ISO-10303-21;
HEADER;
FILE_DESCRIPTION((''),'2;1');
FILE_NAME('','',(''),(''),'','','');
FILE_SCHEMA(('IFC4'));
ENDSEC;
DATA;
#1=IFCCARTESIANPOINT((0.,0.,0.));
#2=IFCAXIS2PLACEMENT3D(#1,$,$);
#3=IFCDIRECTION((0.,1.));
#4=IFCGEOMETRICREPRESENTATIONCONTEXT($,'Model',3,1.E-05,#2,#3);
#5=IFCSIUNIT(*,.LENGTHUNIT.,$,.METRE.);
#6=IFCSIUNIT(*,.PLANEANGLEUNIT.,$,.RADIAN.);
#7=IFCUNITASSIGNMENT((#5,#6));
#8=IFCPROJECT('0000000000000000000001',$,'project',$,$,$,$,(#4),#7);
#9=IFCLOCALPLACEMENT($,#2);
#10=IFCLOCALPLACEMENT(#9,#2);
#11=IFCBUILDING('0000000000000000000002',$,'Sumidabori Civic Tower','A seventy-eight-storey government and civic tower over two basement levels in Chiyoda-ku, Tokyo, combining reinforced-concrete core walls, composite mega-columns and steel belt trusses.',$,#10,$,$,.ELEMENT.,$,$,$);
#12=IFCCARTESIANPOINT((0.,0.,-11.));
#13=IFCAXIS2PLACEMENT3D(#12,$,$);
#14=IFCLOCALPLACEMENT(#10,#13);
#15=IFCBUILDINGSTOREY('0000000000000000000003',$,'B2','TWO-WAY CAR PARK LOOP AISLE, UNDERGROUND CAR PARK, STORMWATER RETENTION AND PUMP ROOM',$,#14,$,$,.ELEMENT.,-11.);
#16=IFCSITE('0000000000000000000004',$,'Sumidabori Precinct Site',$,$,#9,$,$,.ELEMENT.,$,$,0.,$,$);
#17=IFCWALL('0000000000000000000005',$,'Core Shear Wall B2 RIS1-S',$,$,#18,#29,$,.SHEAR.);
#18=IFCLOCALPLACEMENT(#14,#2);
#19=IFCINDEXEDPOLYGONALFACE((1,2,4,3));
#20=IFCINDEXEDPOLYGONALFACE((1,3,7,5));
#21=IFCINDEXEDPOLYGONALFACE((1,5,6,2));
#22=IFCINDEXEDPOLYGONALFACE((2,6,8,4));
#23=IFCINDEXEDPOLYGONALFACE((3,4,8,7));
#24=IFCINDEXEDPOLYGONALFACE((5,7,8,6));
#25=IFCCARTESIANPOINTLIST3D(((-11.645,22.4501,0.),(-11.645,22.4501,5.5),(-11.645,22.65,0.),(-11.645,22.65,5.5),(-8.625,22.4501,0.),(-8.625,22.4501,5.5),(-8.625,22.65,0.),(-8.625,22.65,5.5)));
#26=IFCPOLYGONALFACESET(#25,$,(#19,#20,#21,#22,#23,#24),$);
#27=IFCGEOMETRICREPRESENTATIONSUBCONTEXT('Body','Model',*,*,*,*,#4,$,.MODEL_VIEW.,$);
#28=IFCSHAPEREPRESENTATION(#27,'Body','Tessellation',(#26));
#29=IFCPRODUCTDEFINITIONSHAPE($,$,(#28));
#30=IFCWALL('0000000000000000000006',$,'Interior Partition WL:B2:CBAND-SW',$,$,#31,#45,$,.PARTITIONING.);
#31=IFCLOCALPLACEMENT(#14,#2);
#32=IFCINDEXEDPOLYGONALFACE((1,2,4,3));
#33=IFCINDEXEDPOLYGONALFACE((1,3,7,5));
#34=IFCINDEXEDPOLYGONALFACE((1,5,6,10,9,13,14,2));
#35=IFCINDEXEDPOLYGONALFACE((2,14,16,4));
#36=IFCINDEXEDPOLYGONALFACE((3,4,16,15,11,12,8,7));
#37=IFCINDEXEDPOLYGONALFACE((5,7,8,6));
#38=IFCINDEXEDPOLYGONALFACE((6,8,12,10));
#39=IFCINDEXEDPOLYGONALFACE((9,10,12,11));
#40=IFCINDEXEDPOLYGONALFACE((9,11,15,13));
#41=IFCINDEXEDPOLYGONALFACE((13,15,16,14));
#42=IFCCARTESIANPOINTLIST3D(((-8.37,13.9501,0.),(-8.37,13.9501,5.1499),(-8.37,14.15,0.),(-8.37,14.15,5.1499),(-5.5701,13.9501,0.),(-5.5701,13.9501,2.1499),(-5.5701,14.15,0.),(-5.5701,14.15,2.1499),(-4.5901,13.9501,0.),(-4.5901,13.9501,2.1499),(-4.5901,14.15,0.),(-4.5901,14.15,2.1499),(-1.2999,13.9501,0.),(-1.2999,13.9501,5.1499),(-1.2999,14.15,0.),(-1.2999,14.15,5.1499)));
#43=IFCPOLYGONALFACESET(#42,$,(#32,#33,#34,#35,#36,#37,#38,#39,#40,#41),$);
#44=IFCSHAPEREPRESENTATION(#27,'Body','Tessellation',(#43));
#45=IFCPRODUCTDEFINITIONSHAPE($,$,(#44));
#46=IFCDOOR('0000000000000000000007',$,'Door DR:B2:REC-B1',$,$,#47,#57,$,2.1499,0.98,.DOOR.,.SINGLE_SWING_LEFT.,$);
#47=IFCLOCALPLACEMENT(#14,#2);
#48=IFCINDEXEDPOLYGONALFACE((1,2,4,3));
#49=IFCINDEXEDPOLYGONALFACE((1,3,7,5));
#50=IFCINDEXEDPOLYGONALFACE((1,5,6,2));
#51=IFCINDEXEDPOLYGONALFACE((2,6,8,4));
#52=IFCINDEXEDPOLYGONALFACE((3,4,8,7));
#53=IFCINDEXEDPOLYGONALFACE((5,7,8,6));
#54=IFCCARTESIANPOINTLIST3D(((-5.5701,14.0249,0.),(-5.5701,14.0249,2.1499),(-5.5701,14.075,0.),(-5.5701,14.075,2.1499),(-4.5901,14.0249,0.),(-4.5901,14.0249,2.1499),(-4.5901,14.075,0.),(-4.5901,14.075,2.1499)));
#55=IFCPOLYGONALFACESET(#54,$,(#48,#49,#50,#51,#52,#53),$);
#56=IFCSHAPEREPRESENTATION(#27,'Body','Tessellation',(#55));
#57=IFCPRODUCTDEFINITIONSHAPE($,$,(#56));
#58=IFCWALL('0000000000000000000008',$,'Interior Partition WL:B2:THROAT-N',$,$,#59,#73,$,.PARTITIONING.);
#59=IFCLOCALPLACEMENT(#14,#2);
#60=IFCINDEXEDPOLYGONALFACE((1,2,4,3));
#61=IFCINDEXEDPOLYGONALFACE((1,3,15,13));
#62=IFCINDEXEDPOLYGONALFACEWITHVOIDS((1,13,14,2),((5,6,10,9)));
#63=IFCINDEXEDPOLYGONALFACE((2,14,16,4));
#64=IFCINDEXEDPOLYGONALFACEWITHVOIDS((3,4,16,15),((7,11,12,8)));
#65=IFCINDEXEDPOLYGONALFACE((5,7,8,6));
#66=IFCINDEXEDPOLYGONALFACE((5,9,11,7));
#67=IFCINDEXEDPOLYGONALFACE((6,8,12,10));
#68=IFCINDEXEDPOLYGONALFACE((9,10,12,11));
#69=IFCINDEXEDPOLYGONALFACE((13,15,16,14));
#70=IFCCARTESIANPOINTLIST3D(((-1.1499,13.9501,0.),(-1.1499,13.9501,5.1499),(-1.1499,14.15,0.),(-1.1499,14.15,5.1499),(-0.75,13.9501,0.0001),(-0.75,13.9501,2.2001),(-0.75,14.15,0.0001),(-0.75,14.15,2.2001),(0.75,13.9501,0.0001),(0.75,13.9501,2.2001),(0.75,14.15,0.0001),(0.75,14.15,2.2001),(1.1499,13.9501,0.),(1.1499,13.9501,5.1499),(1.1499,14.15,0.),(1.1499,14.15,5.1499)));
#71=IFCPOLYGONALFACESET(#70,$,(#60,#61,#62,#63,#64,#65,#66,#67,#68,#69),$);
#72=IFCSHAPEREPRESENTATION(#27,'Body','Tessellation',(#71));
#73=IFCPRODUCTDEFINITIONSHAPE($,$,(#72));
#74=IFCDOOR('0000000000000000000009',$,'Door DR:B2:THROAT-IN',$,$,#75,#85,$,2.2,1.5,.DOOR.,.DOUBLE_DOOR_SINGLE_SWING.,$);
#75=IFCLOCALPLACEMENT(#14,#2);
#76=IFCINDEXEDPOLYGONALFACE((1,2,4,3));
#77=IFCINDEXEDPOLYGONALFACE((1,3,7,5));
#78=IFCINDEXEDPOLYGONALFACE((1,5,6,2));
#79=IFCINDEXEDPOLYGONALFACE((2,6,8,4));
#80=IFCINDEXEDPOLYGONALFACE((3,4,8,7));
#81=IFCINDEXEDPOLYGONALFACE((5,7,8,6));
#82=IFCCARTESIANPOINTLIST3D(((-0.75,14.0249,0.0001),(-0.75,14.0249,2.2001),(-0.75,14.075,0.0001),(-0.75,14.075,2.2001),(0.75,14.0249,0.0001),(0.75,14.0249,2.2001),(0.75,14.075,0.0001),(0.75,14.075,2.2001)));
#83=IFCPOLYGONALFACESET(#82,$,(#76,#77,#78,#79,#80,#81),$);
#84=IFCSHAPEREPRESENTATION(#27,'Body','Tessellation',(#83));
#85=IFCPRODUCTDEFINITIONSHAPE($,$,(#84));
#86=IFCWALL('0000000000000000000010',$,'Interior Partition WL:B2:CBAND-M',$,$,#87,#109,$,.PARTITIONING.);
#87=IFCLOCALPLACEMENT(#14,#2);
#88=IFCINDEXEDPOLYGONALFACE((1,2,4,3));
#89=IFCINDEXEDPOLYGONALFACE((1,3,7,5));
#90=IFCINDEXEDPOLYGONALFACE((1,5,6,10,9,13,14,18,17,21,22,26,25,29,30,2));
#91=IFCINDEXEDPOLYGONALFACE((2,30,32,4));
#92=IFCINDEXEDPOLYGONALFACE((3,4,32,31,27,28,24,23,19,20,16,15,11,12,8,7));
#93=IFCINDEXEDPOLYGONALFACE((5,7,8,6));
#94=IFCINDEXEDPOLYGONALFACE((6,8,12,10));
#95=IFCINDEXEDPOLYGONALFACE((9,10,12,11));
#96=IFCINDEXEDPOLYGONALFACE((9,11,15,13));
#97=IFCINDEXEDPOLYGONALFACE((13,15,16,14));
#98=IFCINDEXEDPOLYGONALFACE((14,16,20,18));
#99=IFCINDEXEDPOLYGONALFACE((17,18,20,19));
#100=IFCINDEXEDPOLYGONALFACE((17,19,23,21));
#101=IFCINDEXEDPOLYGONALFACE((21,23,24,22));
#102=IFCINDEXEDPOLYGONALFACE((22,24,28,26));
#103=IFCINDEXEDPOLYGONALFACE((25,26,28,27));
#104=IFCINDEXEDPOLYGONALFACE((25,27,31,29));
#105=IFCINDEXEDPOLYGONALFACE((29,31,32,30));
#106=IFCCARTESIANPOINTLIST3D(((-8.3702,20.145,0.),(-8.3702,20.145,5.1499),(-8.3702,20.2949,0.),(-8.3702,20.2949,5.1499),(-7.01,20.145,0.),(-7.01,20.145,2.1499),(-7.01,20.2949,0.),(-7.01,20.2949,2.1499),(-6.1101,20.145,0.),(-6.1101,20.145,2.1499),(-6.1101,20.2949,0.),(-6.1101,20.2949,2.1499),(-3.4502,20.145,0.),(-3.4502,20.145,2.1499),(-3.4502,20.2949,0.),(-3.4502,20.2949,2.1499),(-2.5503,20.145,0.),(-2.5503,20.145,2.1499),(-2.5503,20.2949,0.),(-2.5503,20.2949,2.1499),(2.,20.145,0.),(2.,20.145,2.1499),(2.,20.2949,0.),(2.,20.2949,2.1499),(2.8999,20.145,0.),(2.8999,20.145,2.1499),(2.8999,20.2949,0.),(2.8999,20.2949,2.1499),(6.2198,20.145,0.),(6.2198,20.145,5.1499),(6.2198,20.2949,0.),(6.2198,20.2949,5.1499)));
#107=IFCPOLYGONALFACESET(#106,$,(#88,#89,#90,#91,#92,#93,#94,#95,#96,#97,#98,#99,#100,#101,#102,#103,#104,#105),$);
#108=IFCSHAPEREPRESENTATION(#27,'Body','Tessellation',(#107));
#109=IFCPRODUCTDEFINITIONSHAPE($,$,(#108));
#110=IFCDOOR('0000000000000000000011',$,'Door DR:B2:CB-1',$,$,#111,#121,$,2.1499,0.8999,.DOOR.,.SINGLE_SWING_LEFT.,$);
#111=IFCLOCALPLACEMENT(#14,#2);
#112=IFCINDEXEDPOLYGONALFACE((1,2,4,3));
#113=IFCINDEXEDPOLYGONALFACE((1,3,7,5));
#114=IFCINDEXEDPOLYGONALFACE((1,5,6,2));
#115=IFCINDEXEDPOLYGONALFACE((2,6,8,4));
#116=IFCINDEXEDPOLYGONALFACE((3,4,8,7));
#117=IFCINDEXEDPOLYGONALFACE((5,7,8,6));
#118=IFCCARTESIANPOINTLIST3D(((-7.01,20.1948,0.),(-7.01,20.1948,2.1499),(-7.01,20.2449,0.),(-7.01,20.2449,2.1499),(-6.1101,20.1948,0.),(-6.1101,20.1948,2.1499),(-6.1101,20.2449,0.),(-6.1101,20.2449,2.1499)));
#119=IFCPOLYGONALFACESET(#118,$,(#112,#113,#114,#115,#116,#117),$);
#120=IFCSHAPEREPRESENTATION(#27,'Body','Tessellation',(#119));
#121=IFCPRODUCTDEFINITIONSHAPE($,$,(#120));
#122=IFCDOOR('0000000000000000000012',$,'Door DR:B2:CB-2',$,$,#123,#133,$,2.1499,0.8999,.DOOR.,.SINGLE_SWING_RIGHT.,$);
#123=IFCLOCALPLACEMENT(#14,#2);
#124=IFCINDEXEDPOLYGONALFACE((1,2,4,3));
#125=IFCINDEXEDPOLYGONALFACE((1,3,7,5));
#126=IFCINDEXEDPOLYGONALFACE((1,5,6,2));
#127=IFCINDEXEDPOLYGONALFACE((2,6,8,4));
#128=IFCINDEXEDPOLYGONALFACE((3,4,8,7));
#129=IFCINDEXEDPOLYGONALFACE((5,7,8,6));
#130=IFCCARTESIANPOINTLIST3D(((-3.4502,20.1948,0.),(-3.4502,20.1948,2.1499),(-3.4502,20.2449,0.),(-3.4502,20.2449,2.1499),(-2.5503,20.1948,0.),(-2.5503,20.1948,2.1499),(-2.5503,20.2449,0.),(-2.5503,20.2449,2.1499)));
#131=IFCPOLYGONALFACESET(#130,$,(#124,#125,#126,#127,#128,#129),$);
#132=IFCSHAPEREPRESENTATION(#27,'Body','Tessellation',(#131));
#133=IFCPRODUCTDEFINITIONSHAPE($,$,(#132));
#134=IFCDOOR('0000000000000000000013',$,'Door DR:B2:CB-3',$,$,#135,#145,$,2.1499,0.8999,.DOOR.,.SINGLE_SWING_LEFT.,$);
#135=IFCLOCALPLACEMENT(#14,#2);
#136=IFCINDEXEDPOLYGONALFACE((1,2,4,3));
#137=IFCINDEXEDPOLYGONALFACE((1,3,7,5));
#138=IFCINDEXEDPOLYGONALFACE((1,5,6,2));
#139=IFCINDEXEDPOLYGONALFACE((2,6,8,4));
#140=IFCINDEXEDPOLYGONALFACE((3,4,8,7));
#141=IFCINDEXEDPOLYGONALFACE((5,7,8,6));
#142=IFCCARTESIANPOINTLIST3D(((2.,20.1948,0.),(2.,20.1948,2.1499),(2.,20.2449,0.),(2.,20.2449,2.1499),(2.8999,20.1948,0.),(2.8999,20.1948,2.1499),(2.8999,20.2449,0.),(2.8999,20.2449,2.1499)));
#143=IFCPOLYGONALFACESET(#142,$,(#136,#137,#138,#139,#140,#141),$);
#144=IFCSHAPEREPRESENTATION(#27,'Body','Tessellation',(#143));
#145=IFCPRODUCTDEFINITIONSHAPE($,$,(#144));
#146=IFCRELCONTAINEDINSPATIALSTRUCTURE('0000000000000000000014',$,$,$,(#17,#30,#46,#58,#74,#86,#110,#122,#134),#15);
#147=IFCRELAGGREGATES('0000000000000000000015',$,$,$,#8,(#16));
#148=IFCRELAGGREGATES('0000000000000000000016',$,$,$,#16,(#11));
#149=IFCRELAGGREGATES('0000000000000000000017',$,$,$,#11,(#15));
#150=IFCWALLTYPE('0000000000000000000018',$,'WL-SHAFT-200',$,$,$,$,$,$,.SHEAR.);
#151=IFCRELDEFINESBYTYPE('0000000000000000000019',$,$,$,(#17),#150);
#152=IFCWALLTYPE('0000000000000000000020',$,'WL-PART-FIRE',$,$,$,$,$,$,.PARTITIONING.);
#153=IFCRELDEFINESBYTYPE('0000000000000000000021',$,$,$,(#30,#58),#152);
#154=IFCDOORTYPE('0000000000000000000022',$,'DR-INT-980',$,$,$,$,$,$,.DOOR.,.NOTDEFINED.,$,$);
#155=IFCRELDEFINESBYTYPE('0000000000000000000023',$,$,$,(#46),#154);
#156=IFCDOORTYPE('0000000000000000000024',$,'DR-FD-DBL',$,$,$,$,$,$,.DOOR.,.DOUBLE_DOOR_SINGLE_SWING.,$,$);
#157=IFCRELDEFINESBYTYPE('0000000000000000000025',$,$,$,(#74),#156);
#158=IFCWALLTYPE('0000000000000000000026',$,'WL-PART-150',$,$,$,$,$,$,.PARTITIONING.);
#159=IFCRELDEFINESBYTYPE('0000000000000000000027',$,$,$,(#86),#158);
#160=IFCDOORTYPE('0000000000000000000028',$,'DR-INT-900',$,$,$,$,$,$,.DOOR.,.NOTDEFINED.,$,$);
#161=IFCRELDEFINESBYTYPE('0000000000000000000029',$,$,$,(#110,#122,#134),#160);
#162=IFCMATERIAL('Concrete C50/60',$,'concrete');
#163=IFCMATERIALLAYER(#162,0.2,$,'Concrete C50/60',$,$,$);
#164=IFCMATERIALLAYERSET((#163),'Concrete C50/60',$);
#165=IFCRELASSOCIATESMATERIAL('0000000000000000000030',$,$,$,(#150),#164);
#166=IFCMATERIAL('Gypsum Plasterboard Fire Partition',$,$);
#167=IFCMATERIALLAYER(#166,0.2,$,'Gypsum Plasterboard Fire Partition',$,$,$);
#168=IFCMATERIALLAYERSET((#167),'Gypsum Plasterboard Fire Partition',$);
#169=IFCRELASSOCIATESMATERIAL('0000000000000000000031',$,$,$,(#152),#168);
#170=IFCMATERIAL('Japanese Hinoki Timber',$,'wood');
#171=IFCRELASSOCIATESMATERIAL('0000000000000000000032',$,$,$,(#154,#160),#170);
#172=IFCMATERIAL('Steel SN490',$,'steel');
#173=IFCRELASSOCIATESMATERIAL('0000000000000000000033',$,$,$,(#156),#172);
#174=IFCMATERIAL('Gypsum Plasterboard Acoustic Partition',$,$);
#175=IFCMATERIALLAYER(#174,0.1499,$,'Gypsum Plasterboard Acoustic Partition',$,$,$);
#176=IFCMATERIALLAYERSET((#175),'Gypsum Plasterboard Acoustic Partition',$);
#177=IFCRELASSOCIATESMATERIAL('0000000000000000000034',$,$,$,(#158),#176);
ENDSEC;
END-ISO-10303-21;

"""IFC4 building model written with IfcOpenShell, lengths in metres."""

from ifc_helpers import new_model, si_unit, direction, frame, frame_2d, origin, place, context, subcontext, project, spatial, rectangle, extrude, source, transform, mapped, material, layer, layer_set, type_object, element, fill, save


model = new_model("IFC4")

# Units and contexts
model_context = context("Model", 3, precision=1e-05, world=origin(), true_north=direction((0.0, 1.0)))
body_context = subcontext(model_context, "Body", "Model", "MODEL_VIEW")
ifc_project = project(units=[si_unit("LENGTHUNIT", "METRE"), si_unit("PLANEANGLEUNIT", "RADIAN")], contexts=[model_context])

# Site, building, storey
site_placement = place(None, origin())
site = spatial("IfcSite", under=ifc_project, at=site_placement, Name="Sumidabori Precinct Site", CompositionType="ELEMENT", RefElevation=0.0)
building_placement = place(site_placement, origin())
building = spatial("IfcBuilding", under=site, at=building_placement, Name="Sumidabori Civic Tower", Description="A seventy-eight-storey government and civic tower over two basement levels in Chiyoda-ku, Tokyo, combining reinforced-concrete core walls, composite mega-columns and steel belt trusses.", CompositionType="ELEMENT")
storey_placement = place(building_placement, frame((0.0, 0.0, -11.0)))
storey = spatial("IfcBuildingStorey", under=building, at=storey_placement, Name="B2", Description="TWO-WAY CAR PARK LOOP AISLE, UNDERGROUND CAR PARK, STORMWATER RETENTION AND PUMP ROOM", CompositionType="ELEMENT", Elevation=-11.0)

# Shared definitions
ifc_material_1 = material(Name="Concrete C50/60", Category="concrete")

# Shared definitions
ifc_material_2 = material(Name="Steel SN490", Category="steel")

# Wall
ifc_layer_1 = layer(ifc_material_1, 0.2, Name="Concrete C50/60")
ifc_layer_set_1 = layer_set([ifc_layer_1], Name="Concrete C50/60")
wall_type_1 = type_object("IfcWallType", Name="WL-SHAFT-200", PredefinedType="SHEAR", material=ifc_layer_set_1)
shared_shape_1 = source(origin(), body_context, "Body", "SweptSolid", [
    extrude(rectangle(XDim=3.02, YDim=0.2, at=frame_2d((1.51, 0.0))), origin(), (0.0, 0.0, 1.0), 5.5),
])
wall_1_placement = place(storey_placement, frame((-11.645, 22.55, 0.0), z_axis=(0.0, 0.0, 1.0), x_axis=(1.0, 0.0, 0.0)))
element("IfcWall", 1, at=wall_1_placement, inside=storey, type_object=wall_type_1, Name="Core Shear Wall B2 RIS1-S", PredefinedType="SHEAR", context=body_context, shape_type="MappedRepresentation", body=[
    mapped(shared_shape_1, transform((0.0, 0.0, 0.0), x_axis=(1.0, 0.0, 0.0), y_axis=(0.0, 1.0, 0.0), z_axis=(0.0, 0.0, 1.0), scale=1.0)),
])

# Walls, openings, doors
ifc_material_3 = material(Name="Gypsum Plasterboard Fire Partition")
ifc_layer_2 = layer(ifc_material_3, 0.2, Name="Gypsum Plasterboard Fire Partition")
ifc_layer_set_2 = layer_set([ifc_layer_2], Name="Gypsum Plasterboard Fire Partition")
wall_type_2 = type_object("IfcWallType", Name="WL-PART-FIRE", PredefinedType="PARTITIONING", material=ifc_layer_set_2)
shared_shape_2 = source(origin(), body_context, "Body", "SweptSolid", [
    extrude(rectangle(XDim=7.0701, YDim=0.2, at=frame_2d((3.5352, 0.0))), origin(), (0.0, 0.0, 1.0), 5.1499),
])
wall_2_placement = place(storey_placement, frame((-8.3701, 14.05, 0.0), z_axis=(0.0, 0.0, 1.0), x_axis=(1.0, 0.0, 0.0)))
wall_2 = element("IfcWall", 2, at=wall_2_placement, inside=storey, type_object=wall_type_2, Name="Interior Partition WL:B2:CBAND-SW", PredefinedType="PARTITIONING", context=body_context, shape_type="MappedRepresentation", body=[
    mapped(shared_shape_2, transform((0.0, 0.0, 0.0), x_axis=(1.0, 0.0, 0.0), y_axis=(0.0, 1.0, 0.0), z_axis=(0.0, 0.0, 1.0), scale=1.0)),
])
opening_1_placement = place(wall_2_placement, frame((2.8, 0.0, 0.0)))
opening_1 = element("IfcOpeningElement", 3, at=opening_1_placement, cuts=wall_2, PredefinedType="OPENING", context=body_context, shape_type="SweptSolid", body=[
    extrude(rectangle(XDim=0.98, YDim=2.1499, at=frame_2d((0.49, 1.075))), frame((0.0, 0.1118, 0.0), z_axis=(0.0, -1.0, 0.0), x_axis=(1.0, 0.0, 0.0)), (0.0, 0.0, 1.0), 0.2239),
])
ifc_material_4 = material(Name="Japanese Hinoki Timber", Category="wood")
door_type_1 = type_object("IfcDoorType", Name="DR-INT-980", OperationType="NOTDEFINED", PredefinedType="DOOR", material=ifc_material_4)
shared_shape_3 = source(origin(), body_context, "Body", "SweptSolid", [
    extrude(rectangle(XDim=0.98, YDim=2.1499, at=frame_2d((0.49, 1.075))), frame((0.0, 0.0249, 0.0), z_axis=(0.0, -1.0, 0.0), x_axis=(1.0, 0.0, 0.0)), (0.0, 0.0, 1.0), 0.05),
])
door_1_placement = place(opening_1_placement, origin())
door_1 = element("IfcDoor", 4, at=door_1_placement, inside=storey, type_object=door_type_1, Name="Door DR:B2:REC-B1", OperationType="SINGLE_SWING_LEFT", OverallHeight=2.1499, OverallWidth=0.98, PredefinedType="DOOR", context=body_context, shape_type="MappedRepresentation", body=[
    mapped(shared_shape_3, transform((0.0, 0.0, 0.0), x_axis=(1.0, 0.0, 0.0), y_axis=(0.0, 1.0, 0.0), z_axis=(0.0, 0.0, 1.0), scale=1.0)),
])
fill(opening_1, door_1)
shared_shape_4 = source(origin(), body_context, "Body", "SweptSolid", [
    extrude(rectangle(XDim=2.2998, YDim=0.2, at=frame_2d((1.1499, 0.0))), origin(), (0.0, 0.0, 1.0), 5.1499),
])
wall_3_placement = place(storey_placement, frame((-1.1499, 14.05, 0.0), z_axis=(0.0, 0.0, 1.0), x_axis=(1.0, 0.0, 0.0)))
wall_3 = element("IfcWall", 5, at=wall_3_placement, inside=storey, type_object=wall_type_2, Name="Interior Partition WL:B2:THROAT-N", PredefinedType="PARTITIONING", context=body_context, shape_type="MappedRepresentation", body=[
    mapped(shared_shape_4, transform((0.0, 0.0, 0.0), x_axis=(1.0, 0.0, 0.0), y_axis=(0.0, 1.0, 0.0), z_axis=(0.0, 0.0, 1.0), scale=1.0)),
])
opening_2_placement = place(wall_3_placement, frame((0.3999, 0.0, 0.0)))
opening_2 = element("IfcOpeningElement", 6, at=opening_2_placement, cuts=wall_3, PredefinedType="OPENING", context=body_context, shape_type="SweptSolid", body=[
    extrude(rectangle(XDim=1.5, YDim=2.2, at=frame_2d((0.75, 1.1001))), frame((0.0, 0.1118, 0.0), z_axis=(0.0, -1.0, 0.0), x_axis=(1.0, 0.0, 0.0)), (0.0, 0.0, 1.0), 0.2239),
])
door_type_2 = type_object("IfcDoorType", Name="DR-FD-DBL", OperationType="DOUBLE_DOOR_SINGLE_SWING", PredefinedType="DOOR", material=ifc_material_2)
shared_shape_5 = source(origin(), body_context, "Body", "SweptSolid", [
    extrude(rectangle(XDim=1.5, YDim=2.2, at=frame_2d((0.75, 1.1001))), frame((0.0, 0.0249, 0.0), z_axis=(0.0, -1.0, 0.0), x_axis=(1.0, 0.0, 0.0)), (0.0, 0.0, 1.0), 0.05),
])
door_2_placement = place(opening_2_placement, origin())
door_2 = element("IfcDoor", 7, at=door_2_placement, inside=storey, type_object=door_type_2, Name="Door DR:B2:THROAT-IN", OperationType="DOUBLE_DOOR_SINGLE_SWING", OverallHeight=2.2, OverallWidth=1.5, PredefinedType="DOOR", context=body_context, shape_type="MappedRepresentation", body=[
    mapped(shared_shape_5, transform((0.0, 0.0, 0.0), x_axis=(1.0, 0.0, 0.0), y_axis=(0.0, 1.0, 0.0), z_axis=(0.0, 0.0, 1.0), scale=1.0)),
])
fill(opening_2, door_2)

# Wall, openings, doors
ifc_material_5 = material(Name="Gypsum Plasterboard Acoustic Partition")
ifc_layer_3 = layer(ifc_material_5, 0.1499, Name="Gypsum Plasterboard Acoustic Partition")
ifc_layer_set_3 = layer_set([ifc_layer_3], Name="Gypsum Plasterboard Acoustic Partition")
wall_type_3 = type_object("IfcWallType", Name="WL-PART-150", PredefinedType="PARTITIONING", material=ifc_layer_set_3)
shared_shape_6 = source(origin(), body_context, "Body", "SweptSolid", [
    extrude(rectangle(XDim=14.5901, YDim=0.1499, at=frame_2d((7.2949, 0.0))), origin(), (0.0, 0.0, 1.0), 5.1499),
])
wall_4_placement = place(storey_placement, frame((-8.3701, 20.22, 0.0), z_axis=(0.0, 0.0, 1.0), x_axis=(1.0, 0.0, 0.0)))
wall_4 = element("IfcWall", 8, at=wall_4_placement, inside=storey, type_object=wall_type_3, Name="Interior Partition WL:B2:CBAND-M", PredefinedType="PARTITIONING", context=body_context, shape_type="MappedRepresentation", body=[
    mapped(shared_shape_6, transform((0.0, 0.0, 0.0), x_axis=(1.0, 0.0, 0.0), y_axis=(0.0, 1.0, 0.0), z_axis=(0.0, 0.0, 1.0), scale=1.0)),
])
opening_3_placement = place(wall_4_placement, frame((1.3601, 0.0, 0.0)))
opening_3 = element("IfcOpeningElement", 9, at=opening_3_placement, cuts=wall_4, PredefinedType="OPENING", context=body_context, shape_type="SweptSolid", body=[
    extrude(rectangle(XDim=0.8999, YDim=2.1499, at=frame_2d((0.45, 1.075))), frame((0.0, 0.0869, 0.0), z_axis=(0.0, -1.0, 0.0), x_axis=(1.0, 0.0, 0.0)), (0.0, 0.0, 1.0), 0.1738),
])
opening_4_placement = place(wall_4_placement, frame((4.9199, 0.0, 0.0)))
opening_4 = element("IfcOpeningElement", 10, at=opening_4_placement, cuts=wall_4, PredefinedType="OPENING", context=body_context, shape_type="SweptSolid", body=[
    extrude(rectangle(XDim=0.8999, YDim=2.1499, at=frame_2d((0.45, 1.075))), frame((0.0, 0.0869, 0.0), z_axis=(0.0, -1.0, 0.0), x_axis=(1.0, 0.0, 0.0)), (0.0, 0.0, 1.0), 0.1738),
])
opening_5_placement = place(wall_4_placement, frame((10.3701, 0.0, 0.0)))
opening_5 = element("IfcOpeningElement", 11, at=opening_5_placement, cuts=wall_4, PredefinedType="OPENING", context=body_context, shape_type="SweptSolid", body=[
    extrude(rectangle(XDim=0.8999, YDim=2.1499, at=frame_2d((0.45, 1.075))), frame((0.0, 0.0869, 0.0), z_axis=(0.0, -1.0, 0.0), x_axis=(1.0, 0.0, 0.0)), (0.0, 0.0, 1.0), 0.1738),
])
door_type_3 = type_object("IfcDoorType", Name="DR-INT-900", OperationType="NOTDEFINED", PredefinedType="DOOR", material=ifc_material_4)
shared_shape_7 = source(origin(), body_context, "Body", "SweptSolid", [
    extrude(rectangle(XDim=0.8999, YDim=2.1499, at=frame_2d((0.45, 1.075))), frame((0.0, 0.0249, 0.0), z_axis=(0.0, -1.0, 0.0), x_axis=(1.0, 0.0, 0.0)), (0.0, 0.0, 1.0), 0.05),
])
door_3_placement = place(opening_3_placement, origin())
door_3 = element("IfcDoor", 12, at=door_3_placement, inside=storey, type_object=door_type_3, Name="Door DR:B2:CB-1", OperationType="SINGLE_SWING_LEFT", OverallHeight=2.1499, OverallWidth=0.8999, PredefinedType="DOOR", context=body_context, shape_type="MappedRepresentation", body=[
    mapped(shared_shape_7, transform((0.0, 0.0, 0.0), x_axis=(1.0, 0.0, 0.0), y_axis=(0.0, 1.0, 0.0), z_axis=(0.0, 0.0, 1.0), scale=1.0)),
])
fill(opening_3, door_3)
door_4_placement = place(opening_4_placement, origin())
door_4 = element("IfcDoor", 13, at=door_4_placement, inside=storey, type_object=door_type_3, Name="Door DR:B2:CB-2", OperationType="SINGLE_SWING_RIGHT", OverallHeight=2.1499, OverallWidth=0.8999, PredefinedType="DOOR", context=body_context, shape_type="MappedRepresentation", body=[
    mapped(shared_shape_7, transform((0.0, 0.0, 0.0), x_axis=(1.0, 0.0, 0.0), y_axis=(0.0, 1.0, 0.0), z_axis=(0.0, 0.0, 1.0), scale=1.0)),
])
fill(opening_4, door_4)
door_5_placement = place(opening_5_placement, origin())
door_5 = element("IfcDoor", 14, at=door_5_placement, inside=storey, type_object=door_type_3, Name="Door DR:B2:CB-3", OperationType="SINGLE_SWING_LEFT", OverallHeight=2.1499, OverallWidth=0.8999, PredefinedType="DOOR", context=body_context, shape_type="MappedRepresentation", body=[
    mapped(shared_shape_7, transform((0.0, 0.0, 0.0), x_axis=(1.0, 0.0, 0.0), y_axis=(0.0, 1.0, 0.0), z_axis=(0.0, 0.0, 1.0), scale=1.0)),
])
fill(opening_5, door_5)

save(model, "model.ifc")
